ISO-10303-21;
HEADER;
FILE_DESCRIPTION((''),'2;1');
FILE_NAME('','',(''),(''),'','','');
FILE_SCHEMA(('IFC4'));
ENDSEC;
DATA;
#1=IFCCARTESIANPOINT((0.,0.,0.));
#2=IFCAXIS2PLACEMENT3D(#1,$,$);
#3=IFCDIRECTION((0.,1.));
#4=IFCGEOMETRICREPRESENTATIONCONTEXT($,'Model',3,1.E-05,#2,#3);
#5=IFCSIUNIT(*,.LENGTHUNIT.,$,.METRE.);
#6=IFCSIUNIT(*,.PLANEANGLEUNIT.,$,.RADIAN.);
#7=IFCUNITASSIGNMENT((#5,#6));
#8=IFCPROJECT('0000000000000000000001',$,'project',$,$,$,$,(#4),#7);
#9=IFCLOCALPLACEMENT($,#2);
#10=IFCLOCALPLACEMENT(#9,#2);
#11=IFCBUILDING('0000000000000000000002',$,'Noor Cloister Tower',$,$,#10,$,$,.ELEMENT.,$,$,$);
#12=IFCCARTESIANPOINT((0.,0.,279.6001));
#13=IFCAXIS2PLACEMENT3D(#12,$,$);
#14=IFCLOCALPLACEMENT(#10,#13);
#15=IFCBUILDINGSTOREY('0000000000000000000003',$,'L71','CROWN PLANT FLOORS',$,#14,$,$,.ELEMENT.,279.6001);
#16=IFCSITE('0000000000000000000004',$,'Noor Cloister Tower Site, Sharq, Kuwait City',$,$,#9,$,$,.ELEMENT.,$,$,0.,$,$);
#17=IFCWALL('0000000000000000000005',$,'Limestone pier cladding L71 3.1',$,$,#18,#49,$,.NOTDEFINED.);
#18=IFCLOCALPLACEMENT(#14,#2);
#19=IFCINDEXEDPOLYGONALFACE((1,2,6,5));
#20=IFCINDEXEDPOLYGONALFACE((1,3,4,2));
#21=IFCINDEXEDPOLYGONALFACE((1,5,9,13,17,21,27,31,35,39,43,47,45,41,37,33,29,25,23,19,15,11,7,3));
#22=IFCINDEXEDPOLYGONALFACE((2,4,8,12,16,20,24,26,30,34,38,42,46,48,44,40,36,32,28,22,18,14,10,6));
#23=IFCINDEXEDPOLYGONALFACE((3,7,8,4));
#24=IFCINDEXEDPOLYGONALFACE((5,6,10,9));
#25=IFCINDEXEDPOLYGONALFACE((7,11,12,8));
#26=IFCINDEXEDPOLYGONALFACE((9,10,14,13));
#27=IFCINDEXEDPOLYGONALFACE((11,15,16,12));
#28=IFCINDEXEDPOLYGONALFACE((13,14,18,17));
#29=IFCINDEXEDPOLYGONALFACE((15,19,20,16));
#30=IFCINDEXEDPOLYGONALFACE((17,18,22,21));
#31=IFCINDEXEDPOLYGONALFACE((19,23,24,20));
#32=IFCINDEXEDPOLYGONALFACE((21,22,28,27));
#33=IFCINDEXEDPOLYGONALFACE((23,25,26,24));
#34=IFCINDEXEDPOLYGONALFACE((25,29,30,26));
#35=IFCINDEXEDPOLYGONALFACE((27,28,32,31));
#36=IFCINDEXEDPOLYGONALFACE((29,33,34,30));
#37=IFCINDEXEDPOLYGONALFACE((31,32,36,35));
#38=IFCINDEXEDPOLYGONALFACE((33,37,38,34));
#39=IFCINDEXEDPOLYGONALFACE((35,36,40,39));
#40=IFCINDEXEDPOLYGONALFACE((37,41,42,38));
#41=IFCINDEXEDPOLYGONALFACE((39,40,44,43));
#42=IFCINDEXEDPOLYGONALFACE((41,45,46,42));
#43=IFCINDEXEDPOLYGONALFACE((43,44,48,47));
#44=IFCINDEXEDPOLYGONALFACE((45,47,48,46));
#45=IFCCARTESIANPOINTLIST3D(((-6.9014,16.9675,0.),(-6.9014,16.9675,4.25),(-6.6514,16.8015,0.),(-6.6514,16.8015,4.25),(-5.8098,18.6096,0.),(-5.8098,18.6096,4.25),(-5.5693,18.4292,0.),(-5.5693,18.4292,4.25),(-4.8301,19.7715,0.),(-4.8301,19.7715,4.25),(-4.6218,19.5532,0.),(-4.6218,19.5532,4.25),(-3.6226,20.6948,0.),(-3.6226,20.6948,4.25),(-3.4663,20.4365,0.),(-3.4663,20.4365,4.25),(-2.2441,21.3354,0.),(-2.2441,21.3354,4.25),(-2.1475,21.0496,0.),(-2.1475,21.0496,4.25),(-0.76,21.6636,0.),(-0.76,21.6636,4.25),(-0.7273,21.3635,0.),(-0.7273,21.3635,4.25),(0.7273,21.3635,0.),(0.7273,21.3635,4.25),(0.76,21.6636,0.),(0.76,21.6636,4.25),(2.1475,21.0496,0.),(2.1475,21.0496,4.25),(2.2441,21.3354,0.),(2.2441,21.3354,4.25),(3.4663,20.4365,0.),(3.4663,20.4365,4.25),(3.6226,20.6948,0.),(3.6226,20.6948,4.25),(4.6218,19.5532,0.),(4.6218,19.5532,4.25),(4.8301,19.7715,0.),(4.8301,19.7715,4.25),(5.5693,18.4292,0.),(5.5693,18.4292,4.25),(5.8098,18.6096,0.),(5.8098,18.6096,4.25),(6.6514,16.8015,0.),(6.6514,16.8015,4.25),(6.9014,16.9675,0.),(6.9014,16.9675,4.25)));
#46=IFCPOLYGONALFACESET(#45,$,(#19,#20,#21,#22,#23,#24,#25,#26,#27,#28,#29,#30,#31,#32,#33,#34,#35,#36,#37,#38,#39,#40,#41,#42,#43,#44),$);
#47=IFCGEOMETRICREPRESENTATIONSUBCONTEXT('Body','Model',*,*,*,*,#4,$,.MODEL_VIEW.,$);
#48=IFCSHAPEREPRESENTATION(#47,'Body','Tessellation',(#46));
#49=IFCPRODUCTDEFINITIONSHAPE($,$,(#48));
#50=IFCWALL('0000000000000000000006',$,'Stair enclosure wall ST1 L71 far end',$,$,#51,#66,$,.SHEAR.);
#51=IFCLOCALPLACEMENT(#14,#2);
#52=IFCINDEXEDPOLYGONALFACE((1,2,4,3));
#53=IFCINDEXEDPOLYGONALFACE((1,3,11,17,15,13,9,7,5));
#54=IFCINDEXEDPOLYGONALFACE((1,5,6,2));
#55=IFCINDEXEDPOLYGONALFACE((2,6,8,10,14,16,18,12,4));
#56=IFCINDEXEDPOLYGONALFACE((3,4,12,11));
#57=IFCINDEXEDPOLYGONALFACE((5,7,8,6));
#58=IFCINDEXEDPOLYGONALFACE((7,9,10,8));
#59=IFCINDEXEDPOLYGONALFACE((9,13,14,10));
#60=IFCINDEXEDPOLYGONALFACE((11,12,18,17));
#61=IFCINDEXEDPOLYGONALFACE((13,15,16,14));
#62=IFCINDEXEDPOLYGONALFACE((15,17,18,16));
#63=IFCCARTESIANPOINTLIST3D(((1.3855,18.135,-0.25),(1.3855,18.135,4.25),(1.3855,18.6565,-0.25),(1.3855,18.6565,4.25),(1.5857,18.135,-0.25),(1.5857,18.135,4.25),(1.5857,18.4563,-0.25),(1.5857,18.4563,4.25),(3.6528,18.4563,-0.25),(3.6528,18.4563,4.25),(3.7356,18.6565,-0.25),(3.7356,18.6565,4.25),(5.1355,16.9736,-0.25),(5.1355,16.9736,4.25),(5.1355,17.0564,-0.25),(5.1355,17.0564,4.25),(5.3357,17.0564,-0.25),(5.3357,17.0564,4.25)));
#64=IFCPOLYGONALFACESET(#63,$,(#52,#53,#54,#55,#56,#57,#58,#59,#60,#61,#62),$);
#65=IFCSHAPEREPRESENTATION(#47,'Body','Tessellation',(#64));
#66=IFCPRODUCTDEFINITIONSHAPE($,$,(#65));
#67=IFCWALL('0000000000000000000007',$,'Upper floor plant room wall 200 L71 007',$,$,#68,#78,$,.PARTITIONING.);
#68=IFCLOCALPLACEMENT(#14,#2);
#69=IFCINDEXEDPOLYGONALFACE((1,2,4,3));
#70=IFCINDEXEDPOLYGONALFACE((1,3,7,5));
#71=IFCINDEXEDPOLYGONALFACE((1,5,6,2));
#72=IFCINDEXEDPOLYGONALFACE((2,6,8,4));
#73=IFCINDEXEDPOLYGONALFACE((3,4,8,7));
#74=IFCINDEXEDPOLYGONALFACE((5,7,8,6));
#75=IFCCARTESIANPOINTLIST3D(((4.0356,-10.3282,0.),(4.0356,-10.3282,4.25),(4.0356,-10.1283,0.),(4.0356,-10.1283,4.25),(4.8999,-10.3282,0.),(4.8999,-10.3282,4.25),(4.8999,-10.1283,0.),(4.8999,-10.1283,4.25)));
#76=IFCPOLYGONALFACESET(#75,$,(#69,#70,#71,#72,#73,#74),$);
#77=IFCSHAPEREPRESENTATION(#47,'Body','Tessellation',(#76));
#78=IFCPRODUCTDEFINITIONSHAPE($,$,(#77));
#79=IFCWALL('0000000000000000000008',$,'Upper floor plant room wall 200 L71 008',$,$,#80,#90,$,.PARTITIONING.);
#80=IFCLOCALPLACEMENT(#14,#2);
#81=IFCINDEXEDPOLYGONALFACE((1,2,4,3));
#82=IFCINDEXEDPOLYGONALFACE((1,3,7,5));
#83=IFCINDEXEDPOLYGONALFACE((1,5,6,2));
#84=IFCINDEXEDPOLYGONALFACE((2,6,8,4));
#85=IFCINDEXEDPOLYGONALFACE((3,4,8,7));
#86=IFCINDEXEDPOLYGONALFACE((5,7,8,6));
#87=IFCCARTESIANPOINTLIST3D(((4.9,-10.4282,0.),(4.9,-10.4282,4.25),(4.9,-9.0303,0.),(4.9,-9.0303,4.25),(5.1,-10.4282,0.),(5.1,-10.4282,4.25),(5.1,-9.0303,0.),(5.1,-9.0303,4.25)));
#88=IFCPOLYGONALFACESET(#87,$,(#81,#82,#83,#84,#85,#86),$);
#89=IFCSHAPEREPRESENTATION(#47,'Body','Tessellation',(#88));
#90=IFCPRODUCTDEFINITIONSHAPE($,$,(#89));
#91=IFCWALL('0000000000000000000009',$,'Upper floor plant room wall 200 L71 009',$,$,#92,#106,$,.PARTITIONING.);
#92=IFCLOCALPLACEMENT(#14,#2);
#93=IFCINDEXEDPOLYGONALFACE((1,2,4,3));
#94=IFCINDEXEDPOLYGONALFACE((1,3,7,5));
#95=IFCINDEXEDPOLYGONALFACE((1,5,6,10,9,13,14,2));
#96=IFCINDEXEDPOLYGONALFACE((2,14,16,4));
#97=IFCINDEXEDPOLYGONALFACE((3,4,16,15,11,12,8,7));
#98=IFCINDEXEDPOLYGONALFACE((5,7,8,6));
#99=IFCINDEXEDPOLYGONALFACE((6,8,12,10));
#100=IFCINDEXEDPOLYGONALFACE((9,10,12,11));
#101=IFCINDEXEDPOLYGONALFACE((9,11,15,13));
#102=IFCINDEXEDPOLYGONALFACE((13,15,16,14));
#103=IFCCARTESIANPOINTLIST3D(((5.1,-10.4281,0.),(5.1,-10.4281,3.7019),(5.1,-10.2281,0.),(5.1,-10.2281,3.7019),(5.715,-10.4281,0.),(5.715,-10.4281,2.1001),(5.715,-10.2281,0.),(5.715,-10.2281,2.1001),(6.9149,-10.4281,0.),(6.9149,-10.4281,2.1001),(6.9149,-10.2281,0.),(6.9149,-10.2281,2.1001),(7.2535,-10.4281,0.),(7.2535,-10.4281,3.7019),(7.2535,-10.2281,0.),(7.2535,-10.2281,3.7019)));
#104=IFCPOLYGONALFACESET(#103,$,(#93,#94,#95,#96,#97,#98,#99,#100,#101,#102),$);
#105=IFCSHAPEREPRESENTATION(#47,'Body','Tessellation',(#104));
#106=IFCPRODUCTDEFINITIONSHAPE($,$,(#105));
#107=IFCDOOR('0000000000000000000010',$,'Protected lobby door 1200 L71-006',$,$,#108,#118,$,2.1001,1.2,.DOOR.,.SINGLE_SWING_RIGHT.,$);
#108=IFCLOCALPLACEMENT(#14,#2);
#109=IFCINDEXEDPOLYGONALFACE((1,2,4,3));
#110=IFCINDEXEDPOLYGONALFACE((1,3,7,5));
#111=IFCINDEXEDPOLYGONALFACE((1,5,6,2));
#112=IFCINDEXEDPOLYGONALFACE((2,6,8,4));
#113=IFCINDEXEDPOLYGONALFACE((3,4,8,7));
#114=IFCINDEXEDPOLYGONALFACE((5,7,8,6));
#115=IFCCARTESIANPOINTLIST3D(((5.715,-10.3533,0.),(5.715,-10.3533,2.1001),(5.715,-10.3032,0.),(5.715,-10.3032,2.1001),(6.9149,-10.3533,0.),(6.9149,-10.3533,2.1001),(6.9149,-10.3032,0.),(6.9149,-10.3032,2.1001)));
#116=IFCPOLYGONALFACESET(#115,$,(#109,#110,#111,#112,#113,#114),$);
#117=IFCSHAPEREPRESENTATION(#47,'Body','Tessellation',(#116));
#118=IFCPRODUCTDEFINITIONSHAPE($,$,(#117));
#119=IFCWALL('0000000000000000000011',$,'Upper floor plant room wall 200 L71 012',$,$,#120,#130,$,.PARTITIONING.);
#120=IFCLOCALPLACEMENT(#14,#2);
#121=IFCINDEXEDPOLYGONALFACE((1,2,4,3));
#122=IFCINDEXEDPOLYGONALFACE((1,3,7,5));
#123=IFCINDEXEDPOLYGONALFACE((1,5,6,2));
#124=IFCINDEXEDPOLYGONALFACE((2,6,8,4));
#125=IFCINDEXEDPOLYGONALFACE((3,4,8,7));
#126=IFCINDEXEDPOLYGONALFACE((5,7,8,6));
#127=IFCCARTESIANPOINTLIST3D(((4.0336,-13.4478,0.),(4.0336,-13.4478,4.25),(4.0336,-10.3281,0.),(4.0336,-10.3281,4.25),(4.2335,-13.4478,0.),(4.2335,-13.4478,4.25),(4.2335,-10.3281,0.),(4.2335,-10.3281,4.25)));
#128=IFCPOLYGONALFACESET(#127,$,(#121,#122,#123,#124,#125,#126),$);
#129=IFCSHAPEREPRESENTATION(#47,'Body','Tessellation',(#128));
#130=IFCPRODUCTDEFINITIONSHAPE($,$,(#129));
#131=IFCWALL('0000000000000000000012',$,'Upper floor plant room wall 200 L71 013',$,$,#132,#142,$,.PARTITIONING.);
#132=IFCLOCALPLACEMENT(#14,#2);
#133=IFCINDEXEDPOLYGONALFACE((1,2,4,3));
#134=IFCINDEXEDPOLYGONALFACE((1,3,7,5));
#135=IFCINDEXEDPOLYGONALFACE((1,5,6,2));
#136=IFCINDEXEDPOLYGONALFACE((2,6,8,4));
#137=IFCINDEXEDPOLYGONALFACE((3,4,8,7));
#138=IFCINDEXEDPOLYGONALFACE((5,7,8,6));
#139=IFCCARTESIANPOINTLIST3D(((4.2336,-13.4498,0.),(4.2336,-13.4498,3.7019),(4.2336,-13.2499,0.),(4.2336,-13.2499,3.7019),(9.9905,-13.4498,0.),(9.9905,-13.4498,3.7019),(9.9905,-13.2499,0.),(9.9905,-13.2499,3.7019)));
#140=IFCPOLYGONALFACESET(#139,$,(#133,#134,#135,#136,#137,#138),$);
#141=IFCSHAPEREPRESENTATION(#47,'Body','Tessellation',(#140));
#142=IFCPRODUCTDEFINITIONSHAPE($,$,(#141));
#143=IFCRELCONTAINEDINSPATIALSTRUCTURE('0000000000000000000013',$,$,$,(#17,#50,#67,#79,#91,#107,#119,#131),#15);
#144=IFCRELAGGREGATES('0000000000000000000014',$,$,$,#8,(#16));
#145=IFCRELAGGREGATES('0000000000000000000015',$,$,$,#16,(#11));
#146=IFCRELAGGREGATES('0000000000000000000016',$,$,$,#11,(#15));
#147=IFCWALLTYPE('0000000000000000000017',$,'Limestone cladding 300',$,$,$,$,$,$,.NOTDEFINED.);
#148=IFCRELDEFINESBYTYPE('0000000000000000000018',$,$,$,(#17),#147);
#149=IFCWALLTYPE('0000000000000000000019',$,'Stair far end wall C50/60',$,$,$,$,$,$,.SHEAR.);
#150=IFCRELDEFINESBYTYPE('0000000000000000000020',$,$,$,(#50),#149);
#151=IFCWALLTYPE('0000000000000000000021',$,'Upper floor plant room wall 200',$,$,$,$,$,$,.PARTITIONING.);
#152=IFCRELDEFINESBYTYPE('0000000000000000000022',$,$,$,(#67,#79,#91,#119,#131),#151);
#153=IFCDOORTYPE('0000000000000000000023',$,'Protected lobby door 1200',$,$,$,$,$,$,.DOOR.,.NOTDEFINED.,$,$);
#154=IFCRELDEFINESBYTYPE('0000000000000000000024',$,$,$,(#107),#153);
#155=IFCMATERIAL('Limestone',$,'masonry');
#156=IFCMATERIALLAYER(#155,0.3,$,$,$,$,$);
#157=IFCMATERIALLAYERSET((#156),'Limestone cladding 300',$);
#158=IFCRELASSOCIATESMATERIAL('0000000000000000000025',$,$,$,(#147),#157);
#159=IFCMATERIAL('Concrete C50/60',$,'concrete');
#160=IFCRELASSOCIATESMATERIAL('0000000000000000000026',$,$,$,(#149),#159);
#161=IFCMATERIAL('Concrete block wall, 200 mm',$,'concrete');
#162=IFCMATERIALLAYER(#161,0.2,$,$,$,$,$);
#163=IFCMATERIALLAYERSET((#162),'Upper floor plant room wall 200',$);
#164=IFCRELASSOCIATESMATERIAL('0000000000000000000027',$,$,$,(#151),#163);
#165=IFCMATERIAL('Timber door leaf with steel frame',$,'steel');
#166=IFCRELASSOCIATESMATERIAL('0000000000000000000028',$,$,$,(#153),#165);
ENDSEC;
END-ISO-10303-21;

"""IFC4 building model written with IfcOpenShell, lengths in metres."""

from ifc_helpers import new_model, si_unit, direction, frame, frame_2d, origin, place, context, subcontext, project, spatial, polyline, rectangle, outline, extrude, material, layer, layer_set, type_object, element, fill, save


model = new_model("IFC4")

# Units and contexts
model_context = context("Model", 3, precision=1e-05, world=origin(), true_north=direction((0.0, 1.0)))
body_context = subcontext(model_context, "Body", "Model", "MODEL_VIEW")
ifc_project = project(units=[si_unit("LENGTHUNIT", "METRE"), si_unit("PLANEANGLEUNIT", "RADIAN")], contexts=[model_context])

# Site, building, storey
site_placement = place(None, origin())
site = spatial("IfcSite", under=ifc_project, at=site_placement, Name="Noor Cloister Tower Site, Sharq, Kuwait City", CompositionType="ELEMENT", RefElevation=0.0)
building_placement = place(site_placement, origin())
building = spatial("IfcBuilding", under=site, at=building_placement, Name="Noor Cloister Tower", CompositionType="ELEMENT")
storey_placement = place(building_placement, frame((0.0, 0.0, 279.6001)))
storey = spatial("IfcBuildingStorey", under=building, at=storey_placement, Name="L71", Description="CROWN PLANT FLOORS", CompositionType="ELEMENT", Elevation=279.6001)

# Walls
ifc_material_1 = material(Name="Limestone", Category="masonry")
ifc_layer_1 = layer(ifc_material_1, 0.3)
ifc_layer_set_1 = layer_set([ifc_layer_1], Name="Limestone cladding 300")
wall_type_1 = type_object("IfcWallType", Name="Limestone cladding 300", PredefinedType="NOTDEFINED", material=ifc_layer_set_1)
wall_1_placement = place(storey_placement, origin())
element("IfcWall", 1, at=wall_1_placement, inside=storey, type_object=wall_type_1, Name="Limestone pier cladding L71 3.1", PredefinedType="NOTDEFINED", context=body_context, shape_type="SweptSolid", body=[
    extrude(outline(polyline([(6.9014, 16.9675), (5.8098, 18.6096), (4.8301, 19.7715), (3.6226, 20.6948), (2.2441, 21.3354), (0.76, 21.6636), (-0.76, 21.6636), (-2.2441, 21.3354), (-3.6226, 20.6948), (-4.8301, 19.7715), (-5.8098, 18.6096), (-6.9014, 16.9675), (-6.6514, 16.8015), (-5.5693, 18.4292), (-4.6218, 19.5532), (-3.4663, 20.4365), (-2.1475, 21.0496), (-0.7273, 21.3635), (0.7273, 21.3635), (2.1475, 21.0496), (3.4663, 20.4365), (4.6218, 19.5532), (5.5693, 18.4292), (6.6514, 16.8015), (6.9014, 16.9675)])), origin(), (0.0, 0.0, 1.0), 4.25),
])
ifc_material_2 = material(Name="Concrete C50/60", Category="concrete")
wall_type_2 = type_object("IfcWallType", Name="Stair far end wall C50/60", PredefinedType="SHEAR", material=ifc_material_2)
wall_2_placement = place(storey_placement, frame((0.0, 0.0, -0.25)))
element("IfcWall", 2, at=wall_2_placement, inside=storey, type_object=wall_type_2, Name="Stair enclosure wall ST1 L71 far end", PredefinedType="SHEAR", context=body_context, shape_type="SweptSolid", body=[
    extrude(outline(polyline([(5.3357, 17.0564), (3.7356, 18.6565), (1.3855, 18.6565), (1.3855, 18.135), (1.5857, 18.135), (1.5857, 18.4563), (3.6528, 18.4563), (5.1355, 16.9736), (5.1355, 17.0564), (5.1355, 17.0564), (5.1355, 17.0564), (5.1355, 17.0564), (5.1355, 17.0564), (5.1355, 17.0564), (5.1355, 17.0564), (5.1355, 17.0564), (5.1355, 17.0564), (5.1355, 17.0564), (5.1355, 17.0564), (5.1355, 17.0564), (5.1355, 17.0564), (5.1355, 17.0564), (5.1355, 17.0564), (5.1355, 17.0564), (5.1355, 17.0564), (5.3357, 17.0564)])), origin(), (0.0, 0.0, 1.0), 4.5),
])
ifc_material_3 = material(Name="Concrete block wall, 200 mm", Category="concrete")
ifc_layer_2 = layer(ifc_material_3, 0.2)
ifc_layer_set_2 = layer_set([ifc_layer_2], Name="Upper floor plant room wall 200")
wall_type_3 = type_object("IfcWallType", Name="Upper floor plant room wall 200", PredefinedType="PARTITIONING", material=ifc_layer_set_2)
wall_3_placement = place(storey_placement, frame((4.0356, -10.2283, 0.0), z_axis=(0.0, 0.0, 1.0), x_axis=(1.0, 0.0, 0.0)))
element("IfcWall", 3, at=wall_3_placement, inside=storey, type_object=wall_type_3, Name="Upper floor plant room wall 200 L71 007", PredefinedType="PARTITIONING", context=body_context, shape_type="SweptSolid", body=[
    extrude(rectangle(XDim=0.8643, YDim=0.2, at=frame_2d((0.4321, 0.0))), origin(), (0.0, 0.0, 1.0), 4.25),
])
wall_4_placement = place(storey_placement, frame((5.0, -10.4282, 0.0), z_axis=(0.0, 0.0, 1.0), x_axis=(0.0, 1.0, 0.0)))
element("IfcWall", 4, at=wall_4_placement, inside=storey, type_object=wall_type_3, Name="Upper floor plant room wall 200 L71 008", PredefinedType="PARTITIONING", context=body_context, shape_type="SweptSolid", body=[
    extrude(rectangle(XDim=1.3979, YDim=0.2, at=frame_2d((0.699, 0.0))), origin(), (0.0, 0.0, 1.0), 4.25),
])

# Wall, opening, door
wall_5_placement = place(storey_placement, frame((5.1001, -10.3281, 0.0), z_axis=(0.0, 0.0, 1.0), x_axis=(1.0, 0.0, 0.0)))
wall_5 = element("IfcWall", 5, at=wall_5_placement, inside=storey, type_object=wall_type_3, Name="Upper floor plant room wall 200 L71 009", PredefinedType="PARTITIONING", context=body_context, shape_type="SweptSolid", body=[
    extrude(rectangle(XDim=2.1536, YDim=0.2, at=frame_2d((1.0767, 0.0))), origin(), (0.0, 0.0, 1.0), 3.7019),
])
opening_placement = place(wall_5_placement, frame((0.6147, 0.0, 0.0)))
opening = element("IfcOpeningElement", 6, at=opening_placement, cuts=wall_5, PredefinedType="OPENING", context=body_context, shape_type="SweptSolid", body=[
    extrude(rectangle(XDim=1.2, YDim=2.1001, at=frame_2d((0.6001, 1.05))), frame((0.0, 0.1099, 0.0), z_axis=(0.0, -1.0, 0.0), x_axis=(1.0, 0.0, 0.0)), (0.0, 0.0, 1.0), 0.22),
])
ifc_material_4 = material(Name="Timber door leaf with steel frame", Category="steel")
door_type = type_object("IfcDoorType", Name="Protected lobby door 1200", OperationType="NOTDEFINED", PredefinedType="DOOR", material=ifc_material_4)
door_placement = place(opening_placement, origin())
door = element("IfcDoor", 7, at=door_placement, inside=storey, type_object=door_type, Name="Protected lobby door 1200 L71-006", OperationType="SINGLE_SWING_RIGHT", OverallHeight=2.1001, OverallWidth=1.2, PredefinedType="DOOR", context=body_context, shape_type="SweptSolid", body=[
    extrude(rectangle(XDim=1.2, YDim=2.1001, at=frame_2d((0.6001, 1.05))), frame((0.0, 0.0249, 0.0), z_axis=(0.0, -1.0, 0.0), x_axis=(1.0, 0.0, 0.0)), (0.0, 0.0, 1.0), 0.05),
])
fill(opening, door)

# Walls
wall_6_placement = place(storey_placement, frame((4.1335, -10.3281, 0.0), z_axis=(0.0, 0.0, 1.0), x_axis=(0.0, -1.0, 0.0)))
element("IfcWall", 8, at=wall_6_placement, inside=storey, type_object=wall_type_3, Name="Upper floor plant room wall 200 L71 012", PredefinedType="PARTITIONING", context=body_context, shape_type="SweptSolid", body=[
    extrude(rectangle(XDim=3.1196, YDim=0.2, at=frame_2d((1.5598, 0.0))), origin(), (0.0, 0.0, 1.0), 4.25),
])
wall_7_placement = place(storey_placement, frame((4.2336, -13.3499, 0.0), z_axis=(0.0, 0.0, 1.0), x_axis=(1.0, 0.0, 0.0)))
element("IfcWall", 9, at=wall_7_placement, inside=storey, type_object=wall_type_3, Name="Upper floor plant room wall 200 L71 013", PredefinedType="PARTITIONING", context=body_context, shape_type="SweptSolid", body=[
    extrude(rectangle(XDim=5.7568, YDim=0.2, at=frame_2d((2.8784, 0.0))), origin(), (0.0, 0.0, 1.0), 3.7019),
])

save(model, "model.ifc")
